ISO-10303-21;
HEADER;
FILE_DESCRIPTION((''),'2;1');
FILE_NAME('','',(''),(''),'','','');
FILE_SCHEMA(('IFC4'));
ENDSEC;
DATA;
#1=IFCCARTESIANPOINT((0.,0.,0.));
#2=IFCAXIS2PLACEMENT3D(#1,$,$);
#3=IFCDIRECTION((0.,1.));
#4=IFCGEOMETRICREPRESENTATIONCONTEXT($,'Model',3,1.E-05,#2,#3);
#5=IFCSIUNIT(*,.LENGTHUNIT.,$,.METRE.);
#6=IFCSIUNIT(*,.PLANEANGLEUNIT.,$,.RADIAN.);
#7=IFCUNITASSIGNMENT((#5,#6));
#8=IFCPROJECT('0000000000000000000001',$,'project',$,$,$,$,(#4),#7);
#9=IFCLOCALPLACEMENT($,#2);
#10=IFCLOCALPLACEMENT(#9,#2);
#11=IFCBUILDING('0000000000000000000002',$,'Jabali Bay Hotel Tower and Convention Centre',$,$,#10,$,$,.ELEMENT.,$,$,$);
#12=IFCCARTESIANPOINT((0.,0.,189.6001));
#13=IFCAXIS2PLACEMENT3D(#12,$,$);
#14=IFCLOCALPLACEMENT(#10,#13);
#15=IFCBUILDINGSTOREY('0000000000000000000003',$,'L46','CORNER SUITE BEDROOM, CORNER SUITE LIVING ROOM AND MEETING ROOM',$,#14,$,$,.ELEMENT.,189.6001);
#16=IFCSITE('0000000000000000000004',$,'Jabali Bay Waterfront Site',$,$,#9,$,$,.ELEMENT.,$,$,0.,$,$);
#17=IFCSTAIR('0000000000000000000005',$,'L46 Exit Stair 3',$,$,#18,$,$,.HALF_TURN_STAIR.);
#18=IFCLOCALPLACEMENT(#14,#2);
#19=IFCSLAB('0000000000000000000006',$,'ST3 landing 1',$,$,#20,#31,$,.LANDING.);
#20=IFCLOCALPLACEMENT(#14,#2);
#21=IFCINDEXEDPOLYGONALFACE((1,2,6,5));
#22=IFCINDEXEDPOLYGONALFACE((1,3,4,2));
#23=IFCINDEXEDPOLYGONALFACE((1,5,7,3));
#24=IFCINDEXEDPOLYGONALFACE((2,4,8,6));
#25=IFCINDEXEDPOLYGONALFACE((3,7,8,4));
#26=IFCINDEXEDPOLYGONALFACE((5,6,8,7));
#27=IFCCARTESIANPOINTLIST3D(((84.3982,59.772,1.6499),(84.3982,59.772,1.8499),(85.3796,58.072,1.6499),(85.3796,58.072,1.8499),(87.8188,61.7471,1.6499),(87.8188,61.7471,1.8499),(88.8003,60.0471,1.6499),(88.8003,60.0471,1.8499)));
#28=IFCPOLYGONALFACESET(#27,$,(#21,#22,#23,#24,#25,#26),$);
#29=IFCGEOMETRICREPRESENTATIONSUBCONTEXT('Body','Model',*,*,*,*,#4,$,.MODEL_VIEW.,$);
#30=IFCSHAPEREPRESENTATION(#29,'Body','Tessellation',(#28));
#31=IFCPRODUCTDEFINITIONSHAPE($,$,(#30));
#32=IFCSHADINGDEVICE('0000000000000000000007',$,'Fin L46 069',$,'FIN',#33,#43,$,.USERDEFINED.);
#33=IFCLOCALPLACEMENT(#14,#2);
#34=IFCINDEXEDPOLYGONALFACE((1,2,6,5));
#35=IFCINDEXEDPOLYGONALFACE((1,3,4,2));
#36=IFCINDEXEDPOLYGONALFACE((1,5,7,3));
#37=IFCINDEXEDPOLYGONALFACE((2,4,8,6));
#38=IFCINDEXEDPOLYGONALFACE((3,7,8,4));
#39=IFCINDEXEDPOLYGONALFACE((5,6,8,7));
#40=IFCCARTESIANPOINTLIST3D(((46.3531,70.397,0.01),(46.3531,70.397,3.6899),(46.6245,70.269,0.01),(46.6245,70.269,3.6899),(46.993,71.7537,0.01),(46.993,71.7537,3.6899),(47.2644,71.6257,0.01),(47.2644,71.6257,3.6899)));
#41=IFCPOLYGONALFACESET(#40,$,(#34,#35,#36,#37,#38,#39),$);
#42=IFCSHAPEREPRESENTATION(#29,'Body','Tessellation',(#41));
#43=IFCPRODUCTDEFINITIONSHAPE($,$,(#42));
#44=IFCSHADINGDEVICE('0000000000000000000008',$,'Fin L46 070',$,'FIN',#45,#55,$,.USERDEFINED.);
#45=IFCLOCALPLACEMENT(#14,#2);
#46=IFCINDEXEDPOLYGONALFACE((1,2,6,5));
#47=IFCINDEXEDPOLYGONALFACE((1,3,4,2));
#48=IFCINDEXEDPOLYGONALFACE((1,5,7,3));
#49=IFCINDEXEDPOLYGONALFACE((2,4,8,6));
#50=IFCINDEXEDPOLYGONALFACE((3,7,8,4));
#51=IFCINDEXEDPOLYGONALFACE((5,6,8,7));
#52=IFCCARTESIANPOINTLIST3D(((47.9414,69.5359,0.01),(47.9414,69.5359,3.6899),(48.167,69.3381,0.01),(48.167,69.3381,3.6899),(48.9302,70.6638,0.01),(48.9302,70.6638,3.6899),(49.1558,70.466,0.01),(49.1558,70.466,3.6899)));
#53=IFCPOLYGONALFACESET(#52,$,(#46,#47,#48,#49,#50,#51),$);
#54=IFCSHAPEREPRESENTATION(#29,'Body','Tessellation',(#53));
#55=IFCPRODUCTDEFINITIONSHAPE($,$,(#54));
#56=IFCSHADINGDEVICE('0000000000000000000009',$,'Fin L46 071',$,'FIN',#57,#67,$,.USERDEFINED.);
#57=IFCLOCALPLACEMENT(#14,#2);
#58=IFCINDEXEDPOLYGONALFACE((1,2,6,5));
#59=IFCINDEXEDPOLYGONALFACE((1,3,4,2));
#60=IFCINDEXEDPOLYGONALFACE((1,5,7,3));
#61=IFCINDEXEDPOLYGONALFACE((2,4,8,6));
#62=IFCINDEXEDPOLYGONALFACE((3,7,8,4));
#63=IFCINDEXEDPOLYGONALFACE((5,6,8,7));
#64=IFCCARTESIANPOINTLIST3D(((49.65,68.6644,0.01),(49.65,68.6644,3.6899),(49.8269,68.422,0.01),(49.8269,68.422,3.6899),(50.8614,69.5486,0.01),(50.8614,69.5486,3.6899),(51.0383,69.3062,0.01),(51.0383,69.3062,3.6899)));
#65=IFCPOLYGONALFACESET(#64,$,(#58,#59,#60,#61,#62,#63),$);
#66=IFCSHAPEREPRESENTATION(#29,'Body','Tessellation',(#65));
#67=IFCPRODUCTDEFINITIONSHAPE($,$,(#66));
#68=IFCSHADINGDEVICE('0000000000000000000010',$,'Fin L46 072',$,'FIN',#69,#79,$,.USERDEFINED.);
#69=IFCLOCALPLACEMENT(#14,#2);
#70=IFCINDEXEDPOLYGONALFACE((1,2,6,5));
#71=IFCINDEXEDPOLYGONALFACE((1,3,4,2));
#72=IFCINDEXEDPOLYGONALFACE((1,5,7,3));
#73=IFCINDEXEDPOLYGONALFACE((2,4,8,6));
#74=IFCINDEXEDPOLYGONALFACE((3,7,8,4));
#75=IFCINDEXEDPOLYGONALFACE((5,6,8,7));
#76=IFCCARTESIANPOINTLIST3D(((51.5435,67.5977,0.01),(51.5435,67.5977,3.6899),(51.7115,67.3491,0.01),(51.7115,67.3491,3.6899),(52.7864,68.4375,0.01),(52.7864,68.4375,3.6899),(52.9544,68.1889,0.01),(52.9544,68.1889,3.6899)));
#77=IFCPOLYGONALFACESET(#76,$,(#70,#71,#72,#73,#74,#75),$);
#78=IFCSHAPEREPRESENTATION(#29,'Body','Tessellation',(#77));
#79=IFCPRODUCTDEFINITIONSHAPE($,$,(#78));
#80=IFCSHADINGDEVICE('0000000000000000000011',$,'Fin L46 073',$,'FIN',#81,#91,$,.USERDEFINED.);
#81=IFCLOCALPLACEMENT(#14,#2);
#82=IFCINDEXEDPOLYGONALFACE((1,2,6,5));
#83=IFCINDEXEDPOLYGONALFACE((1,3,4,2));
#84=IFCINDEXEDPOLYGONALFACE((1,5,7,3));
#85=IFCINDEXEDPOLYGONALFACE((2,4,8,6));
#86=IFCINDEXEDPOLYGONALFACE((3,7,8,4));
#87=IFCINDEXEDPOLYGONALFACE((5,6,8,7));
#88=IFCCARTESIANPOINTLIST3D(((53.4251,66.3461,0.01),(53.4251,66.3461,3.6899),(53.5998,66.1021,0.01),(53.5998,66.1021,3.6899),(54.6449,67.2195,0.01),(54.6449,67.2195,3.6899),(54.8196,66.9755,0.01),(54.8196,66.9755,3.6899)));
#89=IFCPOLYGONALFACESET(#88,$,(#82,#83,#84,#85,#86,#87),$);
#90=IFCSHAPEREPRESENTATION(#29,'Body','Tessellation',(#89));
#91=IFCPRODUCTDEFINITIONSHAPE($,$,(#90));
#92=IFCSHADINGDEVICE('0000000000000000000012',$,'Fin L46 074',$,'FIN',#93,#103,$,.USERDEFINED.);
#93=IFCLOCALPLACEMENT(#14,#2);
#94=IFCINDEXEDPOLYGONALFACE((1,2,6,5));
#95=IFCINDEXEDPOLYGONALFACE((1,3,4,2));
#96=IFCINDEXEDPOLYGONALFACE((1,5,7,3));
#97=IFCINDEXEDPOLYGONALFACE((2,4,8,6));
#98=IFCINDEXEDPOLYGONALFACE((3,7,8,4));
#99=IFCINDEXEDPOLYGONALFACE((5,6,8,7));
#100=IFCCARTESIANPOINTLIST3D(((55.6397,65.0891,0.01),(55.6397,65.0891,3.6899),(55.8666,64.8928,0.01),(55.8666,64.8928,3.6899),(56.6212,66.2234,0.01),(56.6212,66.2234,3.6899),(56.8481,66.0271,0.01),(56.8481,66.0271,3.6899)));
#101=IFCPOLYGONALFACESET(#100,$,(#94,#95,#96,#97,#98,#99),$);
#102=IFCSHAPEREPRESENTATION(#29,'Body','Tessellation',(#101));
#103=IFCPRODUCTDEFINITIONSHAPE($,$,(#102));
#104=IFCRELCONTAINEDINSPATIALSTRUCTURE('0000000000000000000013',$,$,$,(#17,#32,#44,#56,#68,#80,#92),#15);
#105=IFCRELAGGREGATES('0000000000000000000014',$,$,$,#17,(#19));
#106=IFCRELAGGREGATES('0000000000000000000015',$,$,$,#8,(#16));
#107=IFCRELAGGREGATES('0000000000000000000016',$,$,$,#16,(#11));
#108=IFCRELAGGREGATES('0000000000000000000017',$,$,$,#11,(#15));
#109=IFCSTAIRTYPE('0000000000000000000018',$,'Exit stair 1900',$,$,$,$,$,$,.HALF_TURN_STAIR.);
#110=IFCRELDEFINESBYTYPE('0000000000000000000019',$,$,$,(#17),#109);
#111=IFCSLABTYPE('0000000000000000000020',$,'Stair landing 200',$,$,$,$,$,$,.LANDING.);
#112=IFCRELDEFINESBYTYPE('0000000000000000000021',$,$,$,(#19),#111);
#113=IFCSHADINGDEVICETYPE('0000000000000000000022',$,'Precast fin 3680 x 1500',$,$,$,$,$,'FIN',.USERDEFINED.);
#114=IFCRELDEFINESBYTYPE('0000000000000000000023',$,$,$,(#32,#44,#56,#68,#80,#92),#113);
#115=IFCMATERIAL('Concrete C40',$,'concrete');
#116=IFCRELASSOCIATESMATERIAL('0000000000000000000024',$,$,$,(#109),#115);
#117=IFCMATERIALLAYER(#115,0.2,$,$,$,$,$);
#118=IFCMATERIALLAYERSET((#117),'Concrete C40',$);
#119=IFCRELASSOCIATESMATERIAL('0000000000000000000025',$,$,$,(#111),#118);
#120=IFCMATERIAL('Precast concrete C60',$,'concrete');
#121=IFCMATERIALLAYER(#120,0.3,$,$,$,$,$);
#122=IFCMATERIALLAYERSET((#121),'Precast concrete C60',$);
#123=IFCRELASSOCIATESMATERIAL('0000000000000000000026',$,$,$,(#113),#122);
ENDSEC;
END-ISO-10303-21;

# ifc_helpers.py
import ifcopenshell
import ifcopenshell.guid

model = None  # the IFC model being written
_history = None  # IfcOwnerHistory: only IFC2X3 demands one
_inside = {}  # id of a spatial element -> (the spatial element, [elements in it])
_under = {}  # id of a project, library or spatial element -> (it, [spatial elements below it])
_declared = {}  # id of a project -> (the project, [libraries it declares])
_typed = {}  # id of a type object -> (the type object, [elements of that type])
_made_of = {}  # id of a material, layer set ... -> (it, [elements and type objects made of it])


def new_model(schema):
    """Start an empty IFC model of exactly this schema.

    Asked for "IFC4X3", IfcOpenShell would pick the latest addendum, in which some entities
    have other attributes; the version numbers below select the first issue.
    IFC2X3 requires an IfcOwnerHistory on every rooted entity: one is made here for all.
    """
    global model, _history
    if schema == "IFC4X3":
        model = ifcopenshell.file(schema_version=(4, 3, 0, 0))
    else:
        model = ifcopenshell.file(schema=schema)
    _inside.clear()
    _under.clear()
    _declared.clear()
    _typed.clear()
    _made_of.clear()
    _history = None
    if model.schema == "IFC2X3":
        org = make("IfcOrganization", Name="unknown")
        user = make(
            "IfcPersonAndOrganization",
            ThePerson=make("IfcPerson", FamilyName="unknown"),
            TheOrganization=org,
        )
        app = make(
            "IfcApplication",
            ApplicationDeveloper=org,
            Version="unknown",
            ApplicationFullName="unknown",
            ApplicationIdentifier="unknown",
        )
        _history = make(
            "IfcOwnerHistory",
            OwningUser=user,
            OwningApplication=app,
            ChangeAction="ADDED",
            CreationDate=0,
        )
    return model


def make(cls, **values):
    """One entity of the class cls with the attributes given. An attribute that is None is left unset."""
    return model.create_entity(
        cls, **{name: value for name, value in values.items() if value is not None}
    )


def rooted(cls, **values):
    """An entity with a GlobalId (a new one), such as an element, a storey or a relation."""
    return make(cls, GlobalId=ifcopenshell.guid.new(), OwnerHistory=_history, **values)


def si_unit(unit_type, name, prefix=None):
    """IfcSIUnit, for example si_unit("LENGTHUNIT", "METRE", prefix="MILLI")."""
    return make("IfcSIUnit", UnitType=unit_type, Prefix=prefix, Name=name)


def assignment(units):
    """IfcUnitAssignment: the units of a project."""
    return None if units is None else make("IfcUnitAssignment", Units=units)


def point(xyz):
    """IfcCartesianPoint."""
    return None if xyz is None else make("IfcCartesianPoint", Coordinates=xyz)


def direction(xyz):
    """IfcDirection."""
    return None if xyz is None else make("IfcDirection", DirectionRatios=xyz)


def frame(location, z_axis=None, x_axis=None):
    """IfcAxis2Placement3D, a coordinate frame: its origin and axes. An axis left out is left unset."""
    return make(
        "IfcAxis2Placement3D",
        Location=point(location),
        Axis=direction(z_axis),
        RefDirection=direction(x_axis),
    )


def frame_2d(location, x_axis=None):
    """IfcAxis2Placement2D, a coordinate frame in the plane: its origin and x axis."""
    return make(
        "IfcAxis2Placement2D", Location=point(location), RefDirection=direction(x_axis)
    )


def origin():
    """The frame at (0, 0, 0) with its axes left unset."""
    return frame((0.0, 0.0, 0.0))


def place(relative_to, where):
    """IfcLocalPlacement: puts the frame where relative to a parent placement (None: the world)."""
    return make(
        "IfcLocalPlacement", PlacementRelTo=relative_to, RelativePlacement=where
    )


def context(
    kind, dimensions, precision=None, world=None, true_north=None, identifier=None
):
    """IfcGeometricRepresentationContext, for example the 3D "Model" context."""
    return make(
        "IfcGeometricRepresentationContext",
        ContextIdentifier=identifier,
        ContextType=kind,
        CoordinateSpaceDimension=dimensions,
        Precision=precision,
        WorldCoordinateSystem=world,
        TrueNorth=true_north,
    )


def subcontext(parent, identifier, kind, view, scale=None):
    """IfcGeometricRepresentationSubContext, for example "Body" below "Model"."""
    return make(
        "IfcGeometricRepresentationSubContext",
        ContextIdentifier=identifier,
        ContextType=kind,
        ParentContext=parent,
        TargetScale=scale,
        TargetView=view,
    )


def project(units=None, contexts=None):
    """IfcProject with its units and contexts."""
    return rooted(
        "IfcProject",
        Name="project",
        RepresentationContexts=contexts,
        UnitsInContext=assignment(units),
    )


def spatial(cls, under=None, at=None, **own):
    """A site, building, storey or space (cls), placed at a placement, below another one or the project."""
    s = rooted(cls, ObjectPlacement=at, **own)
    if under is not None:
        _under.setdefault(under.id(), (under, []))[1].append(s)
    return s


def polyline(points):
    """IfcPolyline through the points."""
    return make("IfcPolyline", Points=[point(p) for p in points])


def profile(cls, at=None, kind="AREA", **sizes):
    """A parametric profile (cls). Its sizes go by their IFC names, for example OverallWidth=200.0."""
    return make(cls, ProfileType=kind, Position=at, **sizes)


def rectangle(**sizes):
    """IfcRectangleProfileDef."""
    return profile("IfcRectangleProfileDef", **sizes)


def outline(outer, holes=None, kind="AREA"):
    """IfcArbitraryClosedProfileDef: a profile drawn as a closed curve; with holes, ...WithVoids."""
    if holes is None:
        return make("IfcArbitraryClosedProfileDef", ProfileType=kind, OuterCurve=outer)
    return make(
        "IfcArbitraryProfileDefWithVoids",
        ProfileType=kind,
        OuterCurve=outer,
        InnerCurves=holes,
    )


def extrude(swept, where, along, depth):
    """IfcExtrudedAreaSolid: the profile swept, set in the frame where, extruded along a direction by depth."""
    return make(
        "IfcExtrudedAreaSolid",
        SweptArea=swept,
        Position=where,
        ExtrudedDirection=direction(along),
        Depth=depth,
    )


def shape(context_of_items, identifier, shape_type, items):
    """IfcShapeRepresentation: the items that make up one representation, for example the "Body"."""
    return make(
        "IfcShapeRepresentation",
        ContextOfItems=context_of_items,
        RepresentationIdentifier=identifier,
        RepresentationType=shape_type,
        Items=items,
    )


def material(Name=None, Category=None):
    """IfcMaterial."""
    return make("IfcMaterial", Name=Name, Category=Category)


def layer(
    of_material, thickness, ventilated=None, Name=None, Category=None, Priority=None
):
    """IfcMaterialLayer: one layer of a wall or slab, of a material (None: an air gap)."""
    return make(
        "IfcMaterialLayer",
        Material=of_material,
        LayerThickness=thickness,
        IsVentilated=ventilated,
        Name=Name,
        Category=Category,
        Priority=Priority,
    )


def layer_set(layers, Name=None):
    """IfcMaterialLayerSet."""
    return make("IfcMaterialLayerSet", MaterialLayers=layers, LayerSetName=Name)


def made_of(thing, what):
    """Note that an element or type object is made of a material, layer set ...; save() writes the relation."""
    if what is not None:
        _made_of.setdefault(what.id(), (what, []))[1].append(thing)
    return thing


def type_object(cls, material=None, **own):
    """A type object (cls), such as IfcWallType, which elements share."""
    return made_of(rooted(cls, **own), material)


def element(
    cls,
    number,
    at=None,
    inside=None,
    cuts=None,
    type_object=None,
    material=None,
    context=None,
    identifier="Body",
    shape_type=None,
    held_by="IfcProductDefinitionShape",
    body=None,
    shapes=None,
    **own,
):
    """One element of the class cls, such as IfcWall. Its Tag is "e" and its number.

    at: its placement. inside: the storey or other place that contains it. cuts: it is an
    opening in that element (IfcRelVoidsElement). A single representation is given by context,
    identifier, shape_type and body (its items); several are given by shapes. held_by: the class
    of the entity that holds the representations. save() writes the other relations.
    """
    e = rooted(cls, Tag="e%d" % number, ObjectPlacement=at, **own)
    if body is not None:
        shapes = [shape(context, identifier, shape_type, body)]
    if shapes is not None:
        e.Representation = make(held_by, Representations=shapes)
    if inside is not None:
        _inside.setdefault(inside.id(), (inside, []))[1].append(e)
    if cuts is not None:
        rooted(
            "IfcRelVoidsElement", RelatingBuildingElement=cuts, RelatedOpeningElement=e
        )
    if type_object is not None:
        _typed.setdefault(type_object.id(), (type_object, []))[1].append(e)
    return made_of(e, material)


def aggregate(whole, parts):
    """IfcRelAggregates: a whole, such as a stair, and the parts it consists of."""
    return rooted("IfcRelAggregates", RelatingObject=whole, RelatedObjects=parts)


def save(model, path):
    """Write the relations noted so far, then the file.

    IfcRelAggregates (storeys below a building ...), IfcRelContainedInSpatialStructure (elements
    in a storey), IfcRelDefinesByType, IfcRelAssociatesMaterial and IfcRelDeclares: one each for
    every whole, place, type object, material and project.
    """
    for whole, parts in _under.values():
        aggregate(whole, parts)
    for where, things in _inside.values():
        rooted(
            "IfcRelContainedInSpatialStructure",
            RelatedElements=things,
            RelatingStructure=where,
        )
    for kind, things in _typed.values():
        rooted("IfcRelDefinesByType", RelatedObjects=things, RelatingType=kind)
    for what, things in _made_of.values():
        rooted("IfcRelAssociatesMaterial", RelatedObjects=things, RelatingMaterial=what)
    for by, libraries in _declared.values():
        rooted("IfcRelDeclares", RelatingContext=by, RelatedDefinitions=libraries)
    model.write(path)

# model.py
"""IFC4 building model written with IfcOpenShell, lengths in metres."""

from ifc_helpers import new_model, si_unit, direction, frame, frame_2d, origin, place, context, subcontext, project, spatial, polyline, rectangle, outline, extrude, material, layer, layer_set, type_object, element, aggregate, save


model = new_model("IFC4")

# Units and contexts
model_context = context("Model", 3, precision=1e-05, world=origin(), true_north=direction((0.0, 1.0)))
body_context = subcontext(model_context, "Body", "Model", "MODEL_VIEW")
ifc_project = project(units=[si_unit("LENGTHUNIT", "METRE"), si_unit("PLANEANGLEUNIT", "RADIAN")], contexts=[model_context])

# Site, building, storey
site_placement = place(None, origin())
site = spatial("IfcSite", under=ifc_project, at=site_placement, Name="Jabali Bay Waterfront Site", CompositionType="ELEMENT", RefElevation=0.0)
building_placement = place(site_placement, origin())
building = spatial("IfcBuilding", under=site, at=building_placement, Name="Jabali Bay Hotel Tower and Convention Centre", CompositionType="ELEMENT")
storey_placement = place(building_placement, frame((0.0, 0.0, 189.6001)))
storey = spatial("IfcBuildingStorey", under=building, at=storey_placement, Name="L46", Description="CORNER SUITE BEDROOM, CORNER SUITE LIVING ROOM AND MEETING ROOM", CompositionType="ELEMENT", Elevation=189.6001)

# Shared definitions
ifc_material_1 = material(Name="Concrete C40", Category="concrete")

# Stair, slab
stair_type = type_object("IfcStairType", Name="Exit stair 1900", PredefinedType="HALF_TURN_STAIR", material=ifc_material_1)
ifc_layer_1 = layer(ifc_material_1, 0.2)
ifc_layer_set_1 = layer_set([ifc_layer_1], Name="Concrete C40")
slab_type_1 = type_object("IfcSlabType", Name="Stair landing 200", PredefinedType="LANDING", material=ifc_layer_set_1)
stair_1_placement = place(storey_placement, origin())
stair_1 = element("IfcStair", 1, at=stair_1_placement, inside=storey, type_object=stair_type, Name="L46 Exit Stair 3", PredefinedType="HALF_TURN_STAIR")
slab_1_placement = place(storey_placement, frame((0.0, 0.0, 1.6499)))
slab_1 = element("IfcSlab", 2, at=slab_1_placement, type_object=slab_type_1, Name="ST3 landing 1", PredefinedType="LANDING", context=body_context, shape_type="SweptSolid", body=[
    extrude(outline(polyline([(84.3982, 59.772), (85.3796, 58.072), (88.8003, 60.0471), (87.8188, 61.7471), (84.3982, 59.772)])), origin(), (0.0, 0.0, 1.0), 0.2),
])
aggregate(stair_1, [slab_1])

# Shading devices
ifc_material_2 = material(Name="Precast concrete C60", Category="concrete")
ifc_layer_2 = layer(ifc_material_2, 0.3)
ifc_layer_set_2 = layer_set([ifc_layer_2], Name="Precast concrete C60")
shading_device_type = type_object("IfcShadingDeviceType", Name="Precast fin 3680 x 1500", ElementType="FIN", PredefinedType="USERDEFINED", material=ifc_layer_set_2)
for number, where, z_axis, x_axis, name in (
    (3, (47.1287, 71.6897, 0.01), (0.0, 0.0, 1.0), (-0.426589, -0.904446, 0.0), "Fin L46 069"),
    (4, (49.043, 70.5649, 0.01), (0.0, 0.0, 1.0), (-0.659196, -0.751971, 0.0), "Fin L46 070"),
):
    element("IfcShadingDevice", number, at=place(storey_placement, frame(where, z_axis=z_axis, x_axis=x_axis)), inside=storey, type_object=shading_device_type, Name=name, ObjectType="FIN", PredefinedType="USERDEFINED", context=body_context, shape_type="SweptSolid", body=[
        extrude(rectangle(XDim=1.5, YDim=0.3, at=frame_2d((0.75, 0.0))), origin(), (0.0, 0.0, 1.0), 3.6799),
    ])
shading_device_1_placement = place(storey_placement, frame((50.95, 69.4275, 0.01), z_axis=(0.0, 0.0, 1.0), x_axis=(-0.807707, -0.589584, 0.0)))
element("IfcShadingDevice", 5, at=shading_device_1_placement, inside=storey, type_object=shading_device_type, Name="Fin L46 071", ObjectType="FIN", PredefinedType="USERDEFINED", context=body_context, shape_type="SweptSolid", body=[
    extrude(rectangle(XDim=1.4998, YDim=0.3, at=frame_2d((0.75, 0.0))), origin(), (0.0, 0.0, 1.0), 3.6799),
])
shading_device_2_placement = place(storey_placement, frame((52.8704, 68.3132, 0.01), z_axis=(0.0, 0.0, 1.0), x_axis=(-0.828579, -0.559873, 0.0)))
element("IfcShadingDevice", 6, at=shading_device_2_placement, inside=storey, type_object=shading_device_type, Name="Fin L46 072", ObjectType="FIN", PredefinedType="USERDEFINED", context=body_context, shape_type="SweptSolid", body=[
    extrude(rectangle(XDim=1.5, YDim=0.3, at=frame_2d((0.75, 0.0))), origin(), (0.0, 0.0, 1.0), 3.6799),
])
shading_device_3_placement = place(storey_placement, frame((54.7322, 67.0974, 0.01), z_axis=(0.0, 0.0, 1.0), x_axis=(-0.813084, -0.582146, 0.0)))
element("IfcShadingDevice", 7, at=shading_device_3_placement, inside=storey, type_object=shading_device_type, Name="Fin L46 073", ObjectType="FIN", PredefinedType="USERDEFINED", context=body_context, shape_type="SweptSolid", body=[
    extrude(rectangle(XDim=1.5002, YDim=0.3, at=frame_2d((0.75, 0.0))), origin(), (0.0, 0.0, 1.0), 3.6799),
])
shading_device_4_placement = place(storey_placement, frame((56.7346, 66.1252, 0.01), z_axis=(0.0, 0.0, 1.0), x_axis=(-0.654323, -0.756215, 0.0)))
element("IfcShadingDevice", 8, at=shading_device_4_placement, inside=storey, type_object=shading_device_type, Name="Fin L46 074", ObjectType="FIN", PredefinedType="USERDEFINED", context=body_context, shape_type="SweptSolid", body=[
    extrude(rectangle(XDim=1.5, YDim=0.3, at=frame_2d((0.75, 0.0))), origin(), (0.0, 0.0, 1.0), 3.6799),
])

save(model, "model.ifc")
